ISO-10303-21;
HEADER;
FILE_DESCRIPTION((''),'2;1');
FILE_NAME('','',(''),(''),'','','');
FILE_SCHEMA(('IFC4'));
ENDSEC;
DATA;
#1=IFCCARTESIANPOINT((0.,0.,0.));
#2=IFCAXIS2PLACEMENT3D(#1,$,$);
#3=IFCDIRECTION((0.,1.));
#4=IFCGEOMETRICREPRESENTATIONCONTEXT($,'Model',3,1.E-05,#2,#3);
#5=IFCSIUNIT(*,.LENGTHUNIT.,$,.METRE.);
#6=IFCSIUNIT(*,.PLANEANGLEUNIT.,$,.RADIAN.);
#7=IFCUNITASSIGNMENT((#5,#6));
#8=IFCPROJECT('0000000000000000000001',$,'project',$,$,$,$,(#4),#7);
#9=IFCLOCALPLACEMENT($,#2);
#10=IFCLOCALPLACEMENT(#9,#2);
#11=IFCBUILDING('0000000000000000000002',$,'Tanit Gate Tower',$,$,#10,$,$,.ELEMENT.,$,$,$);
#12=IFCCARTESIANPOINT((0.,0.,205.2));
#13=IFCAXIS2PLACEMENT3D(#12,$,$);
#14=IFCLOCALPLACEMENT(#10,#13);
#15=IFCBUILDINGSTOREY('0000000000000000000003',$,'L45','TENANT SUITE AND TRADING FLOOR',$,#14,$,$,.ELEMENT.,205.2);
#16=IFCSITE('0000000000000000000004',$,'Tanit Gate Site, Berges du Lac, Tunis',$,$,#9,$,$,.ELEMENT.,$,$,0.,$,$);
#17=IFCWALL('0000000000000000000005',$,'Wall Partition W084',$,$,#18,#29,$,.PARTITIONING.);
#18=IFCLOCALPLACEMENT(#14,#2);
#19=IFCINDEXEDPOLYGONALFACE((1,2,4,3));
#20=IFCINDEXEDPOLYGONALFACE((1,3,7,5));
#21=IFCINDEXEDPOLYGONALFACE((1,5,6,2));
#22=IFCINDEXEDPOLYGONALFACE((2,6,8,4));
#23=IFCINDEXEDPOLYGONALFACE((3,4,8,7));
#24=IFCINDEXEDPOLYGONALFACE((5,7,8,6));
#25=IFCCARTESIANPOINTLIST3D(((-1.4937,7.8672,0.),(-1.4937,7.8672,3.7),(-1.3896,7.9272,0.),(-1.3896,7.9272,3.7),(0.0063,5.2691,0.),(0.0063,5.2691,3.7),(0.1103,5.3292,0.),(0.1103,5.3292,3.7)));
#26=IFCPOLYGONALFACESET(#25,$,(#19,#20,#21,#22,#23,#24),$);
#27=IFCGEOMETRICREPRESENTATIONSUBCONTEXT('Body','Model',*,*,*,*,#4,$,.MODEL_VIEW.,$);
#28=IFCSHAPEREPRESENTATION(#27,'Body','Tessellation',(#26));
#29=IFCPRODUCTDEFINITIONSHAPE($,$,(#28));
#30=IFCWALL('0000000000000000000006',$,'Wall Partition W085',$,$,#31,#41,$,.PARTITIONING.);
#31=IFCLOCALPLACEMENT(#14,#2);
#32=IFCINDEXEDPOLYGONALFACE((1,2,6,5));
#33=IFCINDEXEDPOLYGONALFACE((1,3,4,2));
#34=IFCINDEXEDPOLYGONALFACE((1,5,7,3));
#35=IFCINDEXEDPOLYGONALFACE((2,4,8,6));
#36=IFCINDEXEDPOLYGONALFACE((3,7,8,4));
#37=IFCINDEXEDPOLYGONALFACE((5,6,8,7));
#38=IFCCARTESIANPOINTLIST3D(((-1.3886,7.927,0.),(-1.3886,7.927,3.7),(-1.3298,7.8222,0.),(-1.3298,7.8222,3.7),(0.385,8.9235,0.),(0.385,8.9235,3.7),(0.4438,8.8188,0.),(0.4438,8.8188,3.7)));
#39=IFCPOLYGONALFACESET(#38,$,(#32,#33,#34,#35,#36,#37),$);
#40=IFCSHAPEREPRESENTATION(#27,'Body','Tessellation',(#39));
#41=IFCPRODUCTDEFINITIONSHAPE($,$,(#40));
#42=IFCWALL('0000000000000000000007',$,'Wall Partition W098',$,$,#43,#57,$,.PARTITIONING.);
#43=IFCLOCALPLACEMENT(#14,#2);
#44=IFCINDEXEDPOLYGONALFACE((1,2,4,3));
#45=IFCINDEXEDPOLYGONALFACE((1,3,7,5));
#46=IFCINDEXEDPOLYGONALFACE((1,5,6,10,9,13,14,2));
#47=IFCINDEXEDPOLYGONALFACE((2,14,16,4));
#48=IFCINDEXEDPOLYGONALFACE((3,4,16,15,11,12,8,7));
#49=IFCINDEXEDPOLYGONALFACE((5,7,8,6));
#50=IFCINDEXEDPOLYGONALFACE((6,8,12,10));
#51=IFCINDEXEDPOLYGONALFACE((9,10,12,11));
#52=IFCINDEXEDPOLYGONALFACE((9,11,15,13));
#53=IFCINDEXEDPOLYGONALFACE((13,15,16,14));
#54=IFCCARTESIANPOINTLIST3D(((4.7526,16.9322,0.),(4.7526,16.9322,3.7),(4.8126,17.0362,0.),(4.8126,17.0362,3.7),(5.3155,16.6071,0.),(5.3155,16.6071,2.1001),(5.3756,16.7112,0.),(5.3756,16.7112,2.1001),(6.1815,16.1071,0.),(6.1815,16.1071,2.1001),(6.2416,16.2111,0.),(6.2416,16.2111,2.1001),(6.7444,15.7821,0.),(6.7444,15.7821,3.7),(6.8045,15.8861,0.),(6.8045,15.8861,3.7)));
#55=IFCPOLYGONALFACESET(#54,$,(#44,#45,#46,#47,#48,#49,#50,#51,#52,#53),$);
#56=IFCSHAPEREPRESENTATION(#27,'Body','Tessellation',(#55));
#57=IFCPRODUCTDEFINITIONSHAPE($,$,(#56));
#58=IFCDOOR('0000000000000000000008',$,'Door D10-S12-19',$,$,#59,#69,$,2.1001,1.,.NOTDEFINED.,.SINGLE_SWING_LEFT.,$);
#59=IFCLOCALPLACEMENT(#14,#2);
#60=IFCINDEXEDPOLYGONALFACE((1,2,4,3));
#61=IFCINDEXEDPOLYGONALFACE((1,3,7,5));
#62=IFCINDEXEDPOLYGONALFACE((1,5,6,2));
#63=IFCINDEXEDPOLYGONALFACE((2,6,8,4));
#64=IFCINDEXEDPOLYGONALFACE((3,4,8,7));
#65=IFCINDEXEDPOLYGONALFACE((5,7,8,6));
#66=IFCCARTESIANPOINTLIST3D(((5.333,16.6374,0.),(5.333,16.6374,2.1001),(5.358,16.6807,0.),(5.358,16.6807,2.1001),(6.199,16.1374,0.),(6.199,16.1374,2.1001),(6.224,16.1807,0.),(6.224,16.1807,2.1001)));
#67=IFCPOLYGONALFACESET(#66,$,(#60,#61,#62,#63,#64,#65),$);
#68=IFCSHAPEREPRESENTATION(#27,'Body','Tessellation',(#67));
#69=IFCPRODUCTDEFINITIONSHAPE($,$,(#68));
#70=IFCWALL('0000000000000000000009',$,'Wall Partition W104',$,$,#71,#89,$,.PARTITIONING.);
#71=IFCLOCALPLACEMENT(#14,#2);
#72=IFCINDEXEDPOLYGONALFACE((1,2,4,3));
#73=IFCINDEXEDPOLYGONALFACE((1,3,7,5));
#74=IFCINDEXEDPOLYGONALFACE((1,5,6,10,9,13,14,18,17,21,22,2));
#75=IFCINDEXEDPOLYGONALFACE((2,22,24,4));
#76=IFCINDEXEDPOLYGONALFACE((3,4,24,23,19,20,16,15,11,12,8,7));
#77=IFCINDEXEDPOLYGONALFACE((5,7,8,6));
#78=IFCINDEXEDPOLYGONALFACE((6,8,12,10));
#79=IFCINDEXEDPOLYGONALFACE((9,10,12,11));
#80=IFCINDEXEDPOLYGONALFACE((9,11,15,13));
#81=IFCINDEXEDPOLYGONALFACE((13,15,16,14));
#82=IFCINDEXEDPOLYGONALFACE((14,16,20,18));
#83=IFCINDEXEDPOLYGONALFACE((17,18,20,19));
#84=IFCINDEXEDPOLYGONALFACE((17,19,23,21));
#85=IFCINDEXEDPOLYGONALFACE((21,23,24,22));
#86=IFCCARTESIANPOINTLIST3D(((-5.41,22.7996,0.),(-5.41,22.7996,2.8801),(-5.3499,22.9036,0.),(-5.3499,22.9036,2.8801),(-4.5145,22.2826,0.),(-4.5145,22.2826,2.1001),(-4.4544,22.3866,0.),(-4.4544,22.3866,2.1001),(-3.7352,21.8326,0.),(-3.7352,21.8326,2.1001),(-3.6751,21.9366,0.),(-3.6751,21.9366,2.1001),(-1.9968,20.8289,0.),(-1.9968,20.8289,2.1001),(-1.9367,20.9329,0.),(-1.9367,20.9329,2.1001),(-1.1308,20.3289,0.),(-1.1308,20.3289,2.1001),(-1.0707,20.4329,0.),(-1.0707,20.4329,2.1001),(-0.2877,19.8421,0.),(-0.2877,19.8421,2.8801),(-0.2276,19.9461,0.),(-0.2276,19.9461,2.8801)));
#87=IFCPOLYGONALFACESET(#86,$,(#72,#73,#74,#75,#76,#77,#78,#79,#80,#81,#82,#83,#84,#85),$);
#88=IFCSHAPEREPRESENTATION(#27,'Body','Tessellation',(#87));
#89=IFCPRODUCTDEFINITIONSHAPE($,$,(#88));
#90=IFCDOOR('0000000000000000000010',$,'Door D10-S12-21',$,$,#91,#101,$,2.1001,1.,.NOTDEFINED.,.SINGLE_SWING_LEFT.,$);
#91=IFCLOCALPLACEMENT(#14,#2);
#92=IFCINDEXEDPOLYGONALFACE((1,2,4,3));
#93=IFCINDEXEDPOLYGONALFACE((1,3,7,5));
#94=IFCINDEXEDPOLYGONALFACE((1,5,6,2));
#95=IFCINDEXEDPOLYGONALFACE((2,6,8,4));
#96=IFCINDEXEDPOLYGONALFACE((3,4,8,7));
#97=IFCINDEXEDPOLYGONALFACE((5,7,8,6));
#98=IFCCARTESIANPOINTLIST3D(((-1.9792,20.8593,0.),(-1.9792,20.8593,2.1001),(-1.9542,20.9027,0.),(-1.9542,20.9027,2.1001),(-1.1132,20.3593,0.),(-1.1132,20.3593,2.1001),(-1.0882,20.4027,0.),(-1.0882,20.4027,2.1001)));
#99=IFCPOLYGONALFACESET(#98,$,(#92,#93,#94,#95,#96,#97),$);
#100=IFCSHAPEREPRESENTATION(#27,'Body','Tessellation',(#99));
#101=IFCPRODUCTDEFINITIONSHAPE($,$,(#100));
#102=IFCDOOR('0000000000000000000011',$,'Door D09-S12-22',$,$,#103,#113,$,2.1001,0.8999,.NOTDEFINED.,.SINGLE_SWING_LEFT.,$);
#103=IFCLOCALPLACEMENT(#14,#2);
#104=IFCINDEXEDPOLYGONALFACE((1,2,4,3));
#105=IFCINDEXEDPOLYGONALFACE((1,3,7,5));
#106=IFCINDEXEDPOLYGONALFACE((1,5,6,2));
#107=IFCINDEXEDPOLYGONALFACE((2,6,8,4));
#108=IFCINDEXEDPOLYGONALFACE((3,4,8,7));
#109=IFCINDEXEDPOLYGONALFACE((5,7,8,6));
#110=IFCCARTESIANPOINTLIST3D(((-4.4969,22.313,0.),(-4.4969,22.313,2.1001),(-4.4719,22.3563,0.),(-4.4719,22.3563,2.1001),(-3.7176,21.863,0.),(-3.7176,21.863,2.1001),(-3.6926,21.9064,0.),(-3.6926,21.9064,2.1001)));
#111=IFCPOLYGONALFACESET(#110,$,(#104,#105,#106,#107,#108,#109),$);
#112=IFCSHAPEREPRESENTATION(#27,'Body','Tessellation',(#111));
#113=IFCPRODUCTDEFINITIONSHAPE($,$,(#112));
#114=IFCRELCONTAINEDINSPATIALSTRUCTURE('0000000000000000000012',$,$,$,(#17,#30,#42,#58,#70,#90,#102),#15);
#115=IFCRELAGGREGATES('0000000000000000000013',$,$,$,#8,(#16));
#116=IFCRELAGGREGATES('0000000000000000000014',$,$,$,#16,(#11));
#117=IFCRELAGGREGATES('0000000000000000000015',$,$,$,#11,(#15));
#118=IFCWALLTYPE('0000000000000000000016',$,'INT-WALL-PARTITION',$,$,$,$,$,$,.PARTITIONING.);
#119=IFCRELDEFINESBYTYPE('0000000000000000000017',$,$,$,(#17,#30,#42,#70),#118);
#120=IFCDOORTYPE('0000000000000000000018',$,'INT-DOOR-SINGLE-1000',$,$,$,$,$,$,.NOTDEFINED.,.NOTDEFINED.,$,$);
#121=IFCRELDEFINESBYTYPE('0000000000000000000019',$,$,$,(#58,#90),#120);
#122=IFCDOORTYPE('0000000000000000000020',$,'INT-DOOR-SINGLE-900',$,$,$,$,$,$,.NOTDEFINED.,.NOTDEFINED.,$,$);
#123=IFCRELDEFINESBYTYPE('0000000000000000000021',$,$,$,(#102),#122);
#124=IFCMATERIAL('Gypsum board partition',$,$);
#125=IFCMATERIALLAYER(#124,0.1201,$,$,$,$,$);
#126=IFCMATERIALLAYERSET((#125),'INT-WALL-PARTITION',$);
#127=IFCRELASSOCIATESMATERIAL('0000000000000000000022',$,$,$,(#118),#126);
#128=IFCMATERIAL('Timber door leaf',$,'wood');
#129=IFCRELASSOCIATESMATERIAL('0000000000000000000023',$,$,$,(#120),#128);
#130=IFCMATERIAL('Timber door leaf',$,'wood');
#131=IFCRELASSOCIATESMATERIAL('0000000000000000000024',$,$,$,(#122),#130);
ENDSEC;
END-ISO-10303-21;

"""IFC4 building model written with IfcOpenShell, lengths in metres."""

from ifc_helpers import new_model, si_unit, direction, frame, frame_2d, origin, place, context, subcontext, project, spatial, rectangle, extrude, material, layer, layer_set, type_object, element, fill, save


model = new_model("IFC4")

# Units and contexts
model_context = context("Model", 3, precision=1e-05, world=origin(), true_north=direction((0.0, 1.0)))
body_context = subcontext(model_context, "Body", "Model", "MODEL_VIEW")
ifc_project = project(units=[si_unit("LENGTHUNIT", "METRE"), si_unit("PLANEANGLEUNIT", "RADIAN")], contexts=[model_context])

# Site, building, storey
site_placement = place(None, origin())
site = spatial("IfcSite", under=ifc_project, at=site_placement, Name="Tanit Gate Site, Berges du Lac, Tunis", CompositionType="ELEMENT", RefElevation=0.0)
building_placement = place(site_placement, origin())
building = spatial("IfcBuilding", under=site, at=building_placement, Name="Tanit Gate Tower", CompositionType="ELEMENT")
storey_placement = place(building_placement, frame((0.0, 0.0, 205.2)))
storey = spatial("IfcBuildingStorey", under=building, at=storey_placement, Name="L45", Description="TENANT SUITE AND TRADING FLOOR", CompositionType="ELEMENT", Elevation=205.2)

# Shared definitions
ifc_material_1 = material(Name="Gypsum board partition")
ifc_layer_1 = layer(ifc_material_1, 0.1201)
ifc_layer_set_1 = layer_set([ifc_layer_1], Name="INT-WALL-PARTITION")
wall_type_1 = type_object("IfcWallType", Name="INT-WALL-PARTITION", PredefinedType="PARTITIONING", material=ifc_layer_set_1)

# Walls
wall_1_placement = place(storey_placement, frame((-1.4417, 7.8972, 0.0), z_axis=(0.0, 0.0, 1.0), x_axis=(0.49999, -0.866031, 0.0)))
element("IfcWall", 1, at=wall_1_placement, inside=storey, type_object=wall_type_1, Name="Wall Partition W084", PredefinedType="PARTITIONING", context=body_context, shape_type="SweptSolid", body=[
    extrude(rectangle(XDim=3.0, YDim=0.1201, at=frame_2d((1.5, 0.0))), origin(), (0.0, 0.0, 1.0), 3.7),
])
wall_2_placement = place(storey_placement, frame((0.4143, 8.8711, 0.0), z_axis=(0.0, 0.0, 1.0), x_axis=(-0.871809, -0.489845, 0.0)))
element("IfcWall", 2, at=wall_2_placement, inside=storey, type_object=wall_type_1, Name="Wall Partition W085", PredefinedType="PARTITIONING", context=body_context, shape_type="SweptSolid", body=[
    extrude(rectangle(XDim=2.0344, YDim=0.1201, at=frame_2d((1.0171, 0.0))), origin(), (0.0, 0.0, 1.0), 3.7),
])

# Wall, opening, door
wall_3_placement = place(storey_placement, frame((4.7827, 16.9841, 0.0), z_axis=(0.0, 0.0, 1.0), x_axis=(0.866007, -0.500032, 0.0)))
wall_3 = element("IfcWall", 3, at=wall_3_placement, inside=storey, type_object=wall_type_1, Name="Wall Partition W098", PredefinedType="PARTITIONING", context=body_context, shape_type="SweptSolid", body=[
    extrude(rectangle(XDim=2.3, YDim=0.1201, at=frame_2d((1.1499, 0.0))), origin(), (0.0, 0.0, 1.0), 3.7),
])
opening_1_placement = place(wall_3_placement, frame((0.6499, 0.0, 0.0)))
opening_1 = element("IfcOpeningElement", 4, at=opening_1_placement, cuts=wall_3, PredefinedType="OPENING", context=body_context, shape_type="SweptSolid", body=[
    extrude(rectangle(XDim=1.0, YDim=2.1001, at=frame_2d((0.5, 1.05))), frame((0.0, 0.0701, 0.0), z_axis=(0.0, -1.0, 0.0), x_axis=(1.0, 0.0, 0.0)), (0.0, 0.0, 1.0), 0.1401),
])
ifc_material_2 = material(Name="Timber door leaf", Category="wood")
door_type_1 = type_object("IfcDoorType", Name="INT-DOOR-SINGLE-1000", OperationType="NOTDEFINED", PredefinedType="NOTDEFINED", material=ifc_material_2)
door_1_placement = place(opening_1_placement, origin())
door_1 = element("IfcDoor", 5, at=door_1_placement, inside=storey, type_object=door_type_1, Name="Door D10-S12-19", OperationType="SINGLE_SWING_LEFT", OverallHeight=2.1001, OverallWidth=1.0, PredefinedType="NOTDEFINED", context=body_context, shape_type="SweptSolid", body=[
    extrude(rectangle(XDim=1.0, YDim=2.1001, at=frame_2d((0.5, 1.05))), frame((0.0, 0.0249, 0.0), z_axis=(0.0, -1.0, 0.0), x_axis=(1.0, 0.0, 0.0)), (0.0, 0.0, 1.0), 0.05),
])
fill(opening_1, door_1)

# Wall, openings, doors
wall_4_placement = place(storey_placement, frame((-0.2576, 19.894, 0.0), z_axis=(0.0, 0.0, 1.0), x_axis=(-0.866014, 0.500019, 0.0)))
wall_4 = element("IfcWall", 6, at=wall_4_placement, inside=storey, type_object=wall_type_1, Name="Wall Partition W104", PredefinedType="PARTITIONING", context=body_context, shape_type="SweptSolid", body=[
    extrude(rectangle(XDim=5.9148, YDim=0.1201, at=frame_2d((2.9575, 0.0))), origin(), (0.0, 0.0, 1.0), 2.8801),
])
opening_2_placement = place(wall_4_placement, frame((0.9736, 0.0, 0.0)))
opening_2 = element("IfcOpeningElement", 7, at=opening_2_placement, cuts=wall_4, PredefinedType="OPENING", context=body_context, shape_type="SweptSolid", body=[
    extrude(rectangle(XDim=1.0, YDim=2.1001, at=frame_2d((0.5, 1.05))), frame((0.0, 0.0701, 0.0), z_axis=(0.0, -1.0, 0.0), x_axis=(1.0, 0.0, 0.0)), (0.0, 0.0, 1.0), 0.1401),
])
opening_3_placement = place(wall_4_placement, frame((3.981, 0.0, 0.0)))
opening_3 = element("IfcOpeningElement", 8, at=opening_3_placement, cuts=wall_4, PredefinedType="OPENING", context=body_context, shape_type="SweptSolid", body=[
    extrude(rectangle(XDim=0.8999, YDim=2.1001, at=frame_2d((0.45, 1.05))), frame((0.0, 0.0701, 0.0), z_axis=(0.0, -1.0, 0.0), x_axis=(1.0, 0.0, 0.0)), (0.0, 0.0, 1.0), 0.1401),
])
door_2_placement = place(opening_2_placement, origin())
door_2 = element("IfcDoor", 9, at=door_2_placement, inside=storey, type_object=door_type_1, Name="Door D10-S12-21", OperationType="SINGLE_SWING_LEFT", OverallHeight=2.1001, OverallWidth=1.0, PredefinedType="NOTDEFINED", context=body_context, shape_type="SweptSolid", body=[
    extrude(rectangle(XDim=1.0, YDim=2.1001, at=frame_2d((0.5, 1.05))), frame((0.0, 0.0249, 0.0), z_axis=(0.0, -1.0, 0.0), x_axis=(1.0, 0.0, 0.0)), (0.0, 0.0, 1.0), 0.05),
])
fill(opening_2, door_2)
ifc_material_3 = material(Name="Timber door leaf", Category="wood")
door_type_2 = type_object("IfcDoorType", Name="INT-DOOR-SINGLE-900", OperationType="NOTDEFINED", PredefinedType="NOTDEFINED", material=ifc_material_3)
door_3_placement = place(opening_3_placement, origin())
door_3 = element("IfcDoor", 10, at=door_3_placement, inside=storey, type_object=door_type_2, Name="Door D09-S12-22", OperationType="SINGLE_SWING_LEFT", OverallHeight=2.1001, OverallWidth=0.8999, PredefinedType="NOTDEFINED", context=body_context, shape_type="SweptSolid", body=[
    extrude(rectangle(XDim=0.8999, YDim=2.1001, at=frame_2d((0.45, 1.05))), frame((0.0, 0.0249, 0.0), z_axis=(0.0, -1.0, 0.0), x_axis=(1.0, 0.0, 0.0)), (0.0, 0.0, 1.0), 0.05),
])
fill(opening_3, door_3)

save(model, "model.ifc")
